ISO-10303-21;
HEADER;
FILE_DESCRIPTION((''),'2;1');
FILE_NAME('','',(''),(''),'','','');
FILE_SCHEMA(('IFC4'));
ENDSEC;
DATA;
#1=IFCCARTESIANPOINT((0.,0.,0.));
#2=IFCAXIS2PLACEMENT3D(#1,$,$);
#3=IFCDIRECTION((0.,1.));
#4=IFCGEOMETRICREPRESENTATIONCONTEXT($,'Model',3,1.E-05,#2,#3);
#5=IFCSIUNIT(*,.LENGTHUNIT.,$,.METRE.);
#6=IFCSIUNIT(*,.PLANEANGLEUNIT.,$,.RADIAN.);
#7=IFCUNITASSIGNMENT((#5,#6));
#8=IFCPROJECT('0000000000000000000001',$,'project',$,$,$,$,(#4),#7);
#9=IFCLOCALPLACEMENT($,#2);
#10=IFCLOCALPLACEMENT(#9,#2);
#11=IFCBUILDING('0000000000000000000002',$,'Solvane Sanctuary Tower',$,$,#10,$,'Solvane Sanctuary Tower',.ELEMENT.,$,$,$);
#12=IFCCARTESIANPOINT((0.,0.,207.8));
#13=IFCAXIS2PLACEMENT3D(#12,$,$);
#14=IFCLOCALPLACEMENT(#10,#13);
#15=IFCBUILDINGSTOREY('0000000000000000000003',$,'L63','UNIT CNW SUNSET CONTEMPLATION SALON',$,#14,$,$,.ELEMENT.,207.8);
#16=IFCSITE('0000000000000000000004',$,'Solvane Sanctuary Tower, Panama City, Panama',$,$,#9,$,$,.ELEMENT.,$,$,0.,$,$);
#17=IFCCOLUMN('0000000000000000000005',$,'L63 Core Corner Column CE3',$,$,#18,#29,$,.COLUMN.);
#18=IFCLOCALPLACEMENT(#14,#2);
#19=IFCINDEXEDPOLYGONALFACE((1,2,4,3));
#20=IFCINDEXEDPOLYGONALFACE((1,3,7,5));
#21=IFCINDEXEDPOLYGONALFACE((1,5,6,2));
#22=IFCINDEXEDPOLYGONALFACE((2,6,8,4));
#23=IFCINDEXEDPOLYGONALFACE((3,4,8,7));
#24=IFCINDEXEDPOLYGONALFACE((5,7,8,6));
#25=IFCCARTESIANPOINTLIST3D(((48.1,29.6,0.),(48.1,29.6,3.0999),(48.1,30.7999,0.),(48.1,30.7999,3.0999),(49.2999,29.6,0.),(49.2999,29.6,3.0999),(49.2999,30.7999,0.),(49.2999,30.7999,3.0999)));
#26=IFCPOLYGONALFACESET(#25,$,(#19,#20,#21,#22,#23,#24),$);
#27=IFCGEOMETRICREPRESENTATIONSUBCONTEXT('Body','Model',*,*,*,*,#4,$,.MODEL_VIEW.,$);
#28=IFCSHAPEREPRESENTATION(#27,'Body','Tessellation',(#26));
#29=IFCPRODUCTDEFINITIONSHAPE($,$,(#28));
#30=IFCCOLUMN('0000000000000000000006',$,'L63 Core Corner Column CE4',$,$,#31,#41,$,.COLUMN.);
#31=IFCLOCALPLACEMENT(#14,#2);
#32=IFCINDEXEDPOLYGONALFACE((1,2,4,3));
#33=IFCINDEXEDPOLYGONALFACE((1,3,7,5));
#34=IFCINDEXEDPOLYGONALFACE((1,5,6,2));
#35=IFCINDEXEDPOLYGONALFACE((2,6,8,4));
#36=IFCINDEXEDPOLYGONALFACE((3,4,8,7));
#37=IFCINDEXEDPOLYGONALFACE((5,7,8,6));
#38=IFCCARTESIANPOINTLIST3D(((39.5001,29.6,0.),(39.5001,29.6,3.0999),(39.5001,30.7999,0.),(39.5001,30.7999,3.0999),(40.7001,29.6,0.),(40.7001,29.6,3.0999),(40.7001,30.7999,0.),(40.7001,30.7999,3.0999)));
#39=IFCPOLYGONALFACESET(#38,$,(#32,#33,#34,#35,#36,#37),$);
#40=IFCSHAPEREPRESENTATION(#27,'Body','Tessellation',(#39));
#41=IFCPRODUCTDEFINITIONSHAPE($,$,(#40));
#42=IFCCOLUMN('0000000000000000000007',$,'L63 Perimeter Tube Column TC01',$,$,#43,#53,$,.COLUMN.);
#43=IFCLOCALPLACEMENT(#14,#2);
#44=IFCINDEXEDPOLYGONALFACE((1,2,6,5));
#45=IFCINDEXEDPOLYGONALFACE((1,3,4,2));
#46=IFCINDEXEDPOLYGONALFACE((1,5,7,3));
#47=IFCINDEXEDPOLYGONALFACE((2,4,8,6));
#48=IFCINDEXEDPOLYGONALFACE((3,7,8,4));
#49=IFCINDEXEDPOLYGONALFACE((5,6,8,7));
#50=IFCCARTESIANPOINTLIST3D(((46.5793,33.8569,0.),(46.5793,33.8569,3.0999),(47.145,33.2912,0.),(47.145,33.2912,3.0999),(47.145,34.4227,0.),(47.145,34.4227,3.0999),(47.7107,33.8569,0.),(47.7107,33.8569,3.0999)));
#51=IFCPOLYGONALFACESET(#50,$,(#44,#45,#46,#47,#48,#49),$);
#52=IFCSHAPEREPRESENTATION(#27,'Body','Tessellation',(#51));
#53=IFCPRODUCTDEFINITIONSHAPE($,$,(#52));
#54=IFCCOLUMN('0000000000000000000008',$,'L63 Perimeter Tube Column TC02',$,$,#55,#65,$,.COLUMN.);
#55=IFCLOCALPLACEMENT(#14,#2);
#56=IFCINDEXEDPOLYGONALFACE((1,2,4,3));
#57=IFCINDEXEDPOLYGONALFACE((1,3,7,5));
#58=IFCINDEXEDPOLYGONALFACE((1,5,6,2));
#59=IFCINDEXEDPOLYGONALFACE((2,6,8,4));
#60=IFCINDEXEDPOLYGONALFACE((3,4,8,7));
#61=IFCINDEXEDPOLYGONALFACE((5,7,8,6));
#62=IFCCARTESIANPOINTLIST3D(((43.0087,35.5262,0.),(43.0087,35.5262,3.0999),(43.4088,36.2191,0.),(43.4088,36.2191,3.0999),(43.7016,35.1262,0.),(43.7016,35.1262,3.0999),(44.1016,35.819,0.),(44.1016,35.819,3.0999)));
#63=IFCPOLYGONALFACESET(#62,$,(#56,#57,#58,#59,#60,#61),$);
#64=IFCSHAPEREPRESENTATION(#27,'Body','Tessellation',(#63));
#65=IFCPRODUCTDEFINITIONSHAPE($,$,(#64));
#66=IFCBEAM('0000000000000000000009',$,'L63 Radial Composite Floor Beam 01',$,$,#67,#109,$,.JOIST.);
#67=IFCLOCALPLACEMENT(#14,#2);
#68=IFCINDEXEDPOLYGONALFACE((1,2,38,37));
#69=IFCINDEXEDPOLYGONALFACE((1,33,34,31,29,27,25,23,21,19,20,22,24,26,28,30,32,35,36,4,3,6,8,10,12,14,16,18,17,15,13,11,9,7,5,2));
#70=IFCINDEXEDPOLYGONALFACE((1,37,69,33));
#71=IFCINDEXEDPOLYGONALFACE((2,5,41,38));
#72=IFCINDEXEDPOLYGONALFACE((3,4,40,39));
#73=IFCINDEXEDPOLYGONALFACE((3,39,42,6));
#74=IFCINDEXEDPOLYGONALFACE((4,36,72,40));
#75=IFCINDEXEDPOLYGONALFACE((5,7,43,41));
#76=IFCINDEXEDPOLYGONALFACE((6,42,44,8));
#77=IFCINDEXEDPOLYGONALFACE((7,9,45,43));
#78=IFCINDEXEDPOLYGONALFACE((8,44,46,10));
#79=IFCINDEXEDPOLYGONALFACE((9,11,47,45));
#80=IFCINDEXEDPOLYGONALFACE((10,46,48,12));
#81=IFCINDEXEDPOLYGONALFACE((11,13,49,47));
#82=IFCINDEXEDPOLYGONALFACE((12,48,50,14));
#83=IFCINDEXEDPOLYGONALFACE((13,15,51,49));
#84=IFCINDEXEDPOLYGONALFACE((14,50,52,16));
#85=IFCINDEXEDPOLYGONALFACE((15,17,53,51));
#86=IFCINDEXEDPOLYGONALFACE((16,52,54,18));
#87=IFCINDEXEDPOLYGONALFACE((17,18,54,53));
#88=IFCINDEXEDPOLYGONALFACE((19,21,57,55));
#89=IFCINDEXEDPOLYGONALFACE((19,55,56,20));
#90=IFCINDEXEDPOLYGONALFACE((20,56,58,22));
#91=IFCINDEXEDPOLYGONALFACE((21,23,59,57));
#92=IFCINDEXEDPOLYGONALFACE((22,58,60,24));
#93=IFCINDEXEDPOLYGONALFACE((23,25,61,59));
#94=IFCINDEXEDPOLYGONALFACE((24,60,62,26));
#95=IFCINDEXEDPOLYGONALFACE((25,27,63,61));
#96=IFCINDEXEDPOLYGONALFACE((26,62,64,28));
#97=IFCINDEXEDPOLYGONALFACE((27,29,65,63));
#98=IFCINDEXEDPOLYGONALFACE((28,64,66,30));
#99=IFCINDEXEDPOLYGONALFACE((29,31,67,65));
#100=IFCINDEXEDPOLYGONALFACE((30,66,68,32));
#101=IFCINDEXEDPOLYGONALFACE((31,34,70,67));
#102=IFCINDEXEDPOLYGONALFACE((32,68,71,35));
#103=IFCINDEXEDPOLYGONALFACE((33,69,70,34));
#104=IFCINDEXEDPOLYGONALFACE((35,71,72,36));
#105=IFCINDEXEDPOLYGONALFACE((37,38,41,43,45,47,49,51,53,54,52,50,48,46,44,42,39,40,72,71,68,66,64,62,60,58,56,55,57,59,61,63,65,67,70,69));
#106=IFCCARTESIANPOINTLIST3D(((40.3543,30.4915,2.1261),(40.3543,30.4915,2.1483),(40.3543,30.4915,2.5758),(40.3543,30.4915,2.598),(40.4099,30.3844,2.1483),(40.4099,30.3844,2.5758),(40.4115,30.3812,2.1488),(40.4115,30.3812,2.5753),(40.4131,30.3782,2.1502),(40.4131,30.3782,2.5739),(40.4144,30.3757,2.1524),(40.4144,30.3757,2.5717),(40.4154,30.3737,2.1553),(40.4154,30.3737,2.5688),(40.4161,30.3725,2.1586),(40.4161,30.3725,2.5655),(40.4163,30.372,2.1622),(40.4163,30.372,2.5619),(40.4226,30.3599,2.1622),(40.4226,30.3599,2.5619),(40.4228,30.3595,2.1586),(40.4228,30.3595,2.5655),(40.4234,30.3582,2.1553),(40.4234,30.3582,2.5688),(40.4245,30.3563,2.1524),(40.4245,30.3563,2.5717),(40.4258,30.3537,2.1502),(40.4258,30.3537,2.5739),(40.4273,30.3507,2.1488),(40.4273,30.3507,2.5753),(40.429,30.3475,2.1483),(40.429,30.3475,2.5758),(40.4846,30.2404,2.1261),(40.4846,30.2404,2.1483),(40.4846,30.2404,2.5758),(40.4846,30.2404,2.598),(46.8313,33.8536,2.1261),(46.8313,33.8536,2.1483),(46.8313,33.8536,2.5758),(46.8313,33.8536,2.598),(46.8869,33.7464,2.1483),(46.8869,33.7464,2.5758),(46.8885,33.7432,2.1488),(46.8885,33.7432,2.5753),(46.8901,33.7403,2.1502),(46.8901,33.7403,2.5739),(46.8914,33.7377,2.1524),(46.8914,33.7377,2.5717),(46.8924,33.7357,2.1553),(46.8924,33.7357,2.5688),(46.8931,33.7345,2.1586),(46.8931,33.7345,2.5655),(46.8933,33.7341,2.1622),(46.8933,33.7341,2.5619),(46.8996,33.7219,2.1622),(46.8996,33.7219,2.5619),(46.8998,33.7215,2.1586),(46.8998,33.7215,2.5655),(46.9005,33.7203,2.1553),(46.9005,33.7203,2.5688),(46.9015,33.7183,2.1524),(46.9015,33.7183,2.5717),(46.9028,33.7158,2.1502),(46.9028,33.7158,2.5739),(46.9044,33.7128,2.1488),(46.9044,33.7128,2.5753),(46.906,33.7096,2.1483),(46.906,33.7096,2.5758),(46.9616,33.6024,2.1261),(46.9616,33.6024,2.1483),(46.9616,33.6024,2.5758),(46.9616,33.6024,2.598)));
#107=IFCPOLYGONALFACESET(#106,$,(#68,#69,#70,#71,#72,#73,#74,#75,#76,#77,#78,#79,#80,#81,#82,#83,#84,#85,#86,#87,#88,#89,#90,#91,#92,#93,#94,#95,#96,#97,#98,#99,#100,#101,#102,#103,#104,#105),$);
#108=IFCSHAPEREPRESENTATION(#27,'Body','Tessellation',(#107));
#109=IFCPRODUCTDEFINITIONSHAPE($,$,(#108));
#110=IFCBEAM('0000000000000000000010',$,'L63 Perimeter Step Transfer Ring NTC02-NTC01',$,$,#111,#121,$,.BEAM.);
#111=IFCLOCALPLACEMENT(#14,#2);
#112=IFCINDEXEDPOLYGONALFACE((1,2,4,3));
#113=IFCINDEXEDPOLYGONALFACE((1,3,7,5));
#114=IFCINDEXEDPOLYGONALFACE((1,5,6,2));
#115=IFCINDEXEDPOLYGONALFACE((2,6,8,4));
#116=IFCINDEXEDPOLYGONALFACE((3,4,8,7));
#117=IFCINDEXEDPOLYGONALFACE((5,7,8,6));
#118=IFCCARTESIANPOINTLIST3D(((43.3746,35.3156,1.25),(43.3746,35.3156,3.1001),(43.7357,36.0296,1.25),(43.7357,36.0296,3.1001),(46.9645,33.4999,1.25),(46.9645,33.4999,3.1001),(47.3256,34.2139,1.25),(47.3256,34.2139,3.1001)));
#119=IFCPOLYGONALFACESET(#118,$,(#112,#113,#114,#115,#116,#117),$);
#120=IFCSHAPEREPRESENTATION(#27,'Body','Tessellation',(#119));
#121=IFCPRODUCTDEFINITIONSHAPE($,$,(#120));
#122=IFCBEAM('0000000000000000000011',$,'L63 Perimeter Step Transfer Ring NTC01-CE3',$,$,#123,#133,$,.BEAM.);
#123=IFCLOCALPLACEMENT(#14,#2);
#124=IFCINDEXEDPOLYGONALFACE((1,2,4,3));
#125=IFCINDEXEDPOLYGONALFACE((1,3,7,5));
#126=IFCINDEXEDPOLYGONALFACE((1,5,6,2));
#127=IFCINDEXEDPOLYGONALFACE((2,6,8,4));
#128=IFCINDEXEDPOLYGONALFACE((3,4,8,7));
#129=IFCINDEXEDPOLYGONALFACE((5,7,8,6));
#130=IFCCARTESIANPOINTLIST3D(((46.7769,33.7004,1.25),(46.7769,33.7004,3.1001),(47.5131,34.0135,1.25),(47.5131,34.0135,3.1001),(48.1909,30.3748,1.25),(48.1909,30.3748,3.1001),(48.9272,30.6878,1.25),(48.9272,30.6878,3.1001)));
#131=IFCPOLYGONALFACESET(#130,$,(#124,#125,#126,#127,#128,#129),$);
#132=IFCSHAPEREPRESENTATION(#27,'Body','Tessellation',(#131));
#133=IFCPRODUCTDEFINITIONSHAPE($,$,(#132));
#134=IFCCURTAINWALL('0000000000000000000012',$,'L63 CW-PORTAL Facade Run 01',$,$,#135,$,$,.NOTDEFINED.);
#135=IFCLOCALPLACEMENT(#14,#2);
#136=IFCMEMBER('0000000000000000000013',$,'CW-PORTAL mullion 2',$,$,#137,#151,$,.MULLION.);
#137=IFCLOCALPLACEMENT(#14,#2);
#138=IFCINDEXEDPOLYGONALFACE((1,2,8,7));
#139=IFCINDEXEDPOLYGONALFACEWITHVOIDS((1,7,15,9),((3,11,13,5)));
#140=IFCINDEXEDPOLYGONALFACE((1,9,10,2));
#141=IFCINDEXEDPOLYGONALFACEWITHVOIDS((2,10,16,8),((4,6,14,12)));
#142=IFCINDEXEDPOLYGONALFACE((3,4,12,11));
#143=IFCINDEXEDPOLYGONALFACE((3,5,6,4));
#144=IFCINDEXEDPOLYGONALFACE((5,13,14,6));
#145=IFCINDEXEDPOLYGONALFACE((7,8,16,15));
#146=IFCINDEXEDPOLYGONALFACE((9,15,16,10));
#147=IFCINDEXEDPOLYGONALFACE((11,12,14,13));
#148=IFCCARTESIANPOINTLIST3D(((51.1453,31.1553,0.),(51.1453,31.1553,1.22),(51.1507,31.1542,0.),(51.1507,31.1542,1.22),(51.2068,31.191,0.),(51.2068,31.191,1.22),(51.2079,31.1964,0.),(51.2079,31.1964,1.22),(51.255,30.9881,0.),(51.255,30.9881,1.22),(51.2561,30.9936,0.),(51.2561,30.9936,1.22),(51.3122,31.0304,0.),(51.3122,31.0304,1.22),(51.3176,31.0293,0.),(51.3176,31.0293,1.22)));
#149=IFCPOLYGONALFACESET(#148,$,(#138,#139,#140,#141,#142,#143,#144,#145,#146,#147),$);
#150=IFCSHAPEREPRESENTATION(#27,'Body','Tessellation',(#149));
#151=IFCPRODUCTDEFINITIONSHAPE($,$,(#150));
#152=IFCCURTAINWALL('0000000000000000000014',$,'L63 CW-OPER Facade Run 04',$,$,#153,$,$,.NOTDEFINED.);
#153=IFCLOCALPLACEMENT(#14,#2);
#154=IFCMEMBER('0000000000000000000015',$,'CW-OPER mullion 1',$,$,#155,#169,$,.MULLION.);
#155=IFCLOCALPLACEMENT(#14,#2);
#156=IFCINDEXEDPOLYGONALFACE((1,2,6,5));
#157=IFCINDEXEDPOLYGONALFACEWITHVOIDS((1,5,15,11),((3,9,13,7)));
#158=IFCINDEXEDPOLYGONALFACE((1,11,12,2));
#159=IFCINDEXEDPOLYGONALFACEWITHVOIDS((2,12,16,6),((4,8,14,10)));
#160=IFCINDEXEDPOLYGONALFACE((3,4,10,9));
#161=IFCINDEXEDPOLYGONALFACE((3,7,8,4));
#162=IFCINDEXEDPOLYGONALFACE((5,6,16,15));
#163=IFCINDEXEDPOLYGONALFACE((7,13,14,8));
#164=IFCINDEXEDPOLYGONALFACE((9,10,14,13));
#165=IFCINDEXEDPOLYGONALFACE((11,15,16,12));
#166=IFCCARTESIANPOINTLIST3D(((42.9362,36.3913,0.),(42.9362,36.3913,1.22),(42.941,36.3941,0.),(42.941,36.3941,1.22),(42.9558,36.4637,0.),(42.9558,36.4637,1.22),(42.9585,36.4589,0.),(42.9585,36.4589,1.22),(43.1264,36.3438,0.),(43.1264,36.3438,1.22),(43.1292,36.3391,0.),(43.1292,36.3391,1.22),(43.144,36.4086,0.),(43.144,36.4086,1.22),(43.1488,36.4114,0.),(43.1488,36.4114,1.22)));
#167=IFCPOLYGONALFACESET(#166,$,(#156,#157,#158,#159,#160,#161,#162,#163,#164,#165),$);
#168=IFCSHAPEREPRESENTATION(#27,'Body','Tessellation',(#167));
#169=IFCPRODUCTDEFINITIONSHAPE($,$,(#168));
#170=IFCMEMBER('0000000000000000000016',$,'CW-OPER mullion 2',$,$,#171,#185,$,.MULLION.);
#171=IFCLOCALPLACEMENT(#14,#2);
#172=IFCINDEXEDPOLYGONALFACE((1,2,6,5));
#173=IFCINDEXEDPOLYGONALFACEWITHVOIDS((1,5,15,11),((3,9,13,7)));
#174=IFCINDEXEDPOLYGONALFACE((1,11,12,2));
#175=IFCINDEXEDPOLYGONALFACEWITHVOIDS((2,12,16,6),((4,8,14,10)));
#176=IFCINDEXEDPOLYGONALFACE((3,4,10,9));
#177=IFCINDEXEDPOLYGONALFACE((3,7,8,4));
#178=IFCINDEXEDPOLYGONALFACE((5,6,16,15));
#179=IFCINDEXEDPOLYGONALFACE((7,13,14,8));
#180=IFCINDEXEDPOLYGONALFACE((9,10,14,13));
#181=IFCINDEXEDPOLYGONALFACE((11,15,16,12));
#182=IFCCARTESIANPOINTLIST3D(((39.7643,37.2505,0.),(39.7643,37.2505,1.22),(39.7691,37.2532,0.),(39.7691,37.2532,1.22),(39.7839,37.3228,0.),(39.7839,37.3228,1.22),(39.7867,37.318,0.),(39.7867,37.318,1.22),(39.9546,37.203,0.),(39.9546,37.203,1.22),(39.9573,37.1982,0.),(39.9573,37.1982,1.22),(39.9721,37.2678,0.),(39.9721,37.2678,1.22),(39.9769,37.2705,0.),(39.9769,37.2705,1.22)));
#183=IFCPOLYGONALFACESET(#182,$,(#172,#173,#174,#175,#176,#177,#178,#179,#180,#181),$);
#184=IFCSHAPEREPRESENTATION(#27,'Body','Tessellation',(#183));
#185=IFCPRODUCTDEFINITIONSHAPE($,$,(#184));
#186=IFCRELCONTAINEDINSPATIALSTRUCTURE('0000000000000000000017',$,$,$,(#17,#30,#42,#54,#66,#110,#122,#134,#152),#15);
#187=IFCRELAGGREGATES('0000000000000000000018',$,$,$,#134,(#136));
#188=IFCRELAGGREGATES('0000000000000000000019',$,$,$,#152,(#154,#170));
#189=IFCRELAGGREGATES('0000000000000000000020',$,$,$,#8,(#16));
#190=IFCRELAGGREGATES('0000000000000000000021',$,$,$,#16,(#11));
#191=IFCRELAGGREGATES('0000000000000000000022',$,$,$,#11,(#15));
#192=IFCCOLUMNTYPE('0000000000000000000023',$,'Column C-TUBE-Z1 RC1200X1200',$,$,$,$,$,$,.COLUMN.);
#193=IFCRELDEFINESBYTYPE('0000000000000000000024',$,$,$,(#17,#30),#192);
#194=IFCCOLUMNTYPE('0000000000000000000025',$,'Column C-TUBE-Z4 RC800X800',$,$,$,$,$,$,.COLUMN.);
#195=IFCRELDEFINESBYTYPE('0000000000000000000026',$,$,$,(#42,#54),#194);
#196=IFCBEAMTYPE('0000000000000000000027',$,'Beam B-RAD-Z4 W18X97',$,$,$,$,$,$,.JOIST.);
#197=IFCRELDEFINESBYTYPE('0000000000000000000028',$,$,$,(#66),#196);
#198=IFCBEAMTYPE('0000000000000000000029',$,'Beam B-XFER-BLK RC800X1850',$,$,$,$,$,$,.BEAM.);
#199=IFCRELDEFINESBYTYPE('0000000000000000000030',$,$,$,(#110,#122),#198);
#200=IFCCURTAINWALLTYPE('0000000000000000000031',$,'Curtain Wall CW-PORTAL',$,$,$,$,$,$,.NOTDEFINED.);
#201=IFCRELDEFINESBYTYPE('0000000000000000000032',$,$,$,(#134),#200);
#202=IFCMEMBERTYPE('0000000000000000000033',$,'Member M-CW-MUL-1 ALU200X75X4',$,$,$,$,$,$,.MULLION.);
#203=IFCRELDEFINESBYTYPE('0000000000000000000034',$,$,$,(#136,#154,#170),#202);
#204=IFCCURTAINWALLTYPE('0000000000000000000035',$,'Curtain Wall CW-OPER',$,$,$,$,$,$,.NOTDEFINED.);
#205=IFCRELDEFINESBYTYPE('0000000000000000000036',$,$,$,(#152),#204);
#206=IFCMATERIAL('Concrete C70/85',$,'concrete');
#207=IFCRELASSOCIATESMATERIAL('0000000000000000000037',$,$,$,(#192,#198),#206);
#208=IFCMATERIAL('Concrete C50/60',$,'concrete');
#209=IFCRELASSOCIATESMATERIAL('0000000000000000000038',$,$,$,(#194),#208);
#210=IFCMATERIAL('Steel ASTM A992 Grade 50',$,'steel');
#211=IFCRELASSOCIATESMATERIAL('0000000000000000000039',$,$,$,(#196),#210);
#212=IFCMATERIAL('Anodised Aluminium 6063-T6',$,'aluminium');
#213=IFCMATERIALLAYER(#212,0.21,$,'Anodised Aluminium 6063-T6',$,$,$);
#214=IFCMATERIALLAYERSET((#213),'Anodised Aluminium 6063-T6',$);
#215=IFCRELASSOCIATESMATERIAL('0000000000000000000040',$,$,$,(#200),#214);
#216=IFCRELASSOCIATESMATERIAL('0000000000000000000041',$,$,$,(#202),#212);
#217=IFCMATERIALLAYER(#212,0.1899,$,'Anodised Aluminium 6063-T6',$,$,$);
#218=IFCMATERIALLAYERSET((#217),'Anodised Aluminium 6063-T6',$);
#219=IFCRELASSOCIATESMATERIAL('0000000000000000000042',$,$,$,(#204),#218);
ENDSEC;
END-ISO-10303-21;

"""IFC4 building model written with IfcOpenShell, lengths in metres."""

from ifc_helpers import new_model, si_unit, direction, frame, origin, origin_2d, place, context, subcontext, project, spatial, rectangle, hollow_rectangle, i_section, extrude, material, layer, layer_set, material_profile, profile_set, type_object, element, aggregate, save


model = new_model("IFC4")

# Units and contexts
model_context = context("Model", 3, precision=1e-05, world=origin(), true_north=direction((0.0, 1.0)))
body_context = subcontext(model_context, "Body", "Model", "MODEL_VIEW")
ifc_project = project(units=[si_unit("LENGTHUNIT", "METRE"), si_unit("PLANEANGLEUNIT", "RADIAN")], contexts=[model_context])

# Site, building, storey
site_placement = place(None, origin())
site = spatial("IfcSite", under=ifc_project, at=site_placement, Name="Solvane Sanctuary Tower, Panama City, Panama", CompositionType="ELEMENT", RefElevation=0.0)
building_placement = place(site_placement, origin())
building = spatial("IfcBuilding", under=site, at=building_placement, Name="Solvane Sanctuary Tower", LongName="Solvane Sanctuary Tower", CompositionType="ELEMENT")
storey_placement = place(building_placement, frame((0.0, 0.0, 207.8)))
storey = spatial("IfcBuildingStorey", under=building, at=storey_placement, Name="L63", Description="UNIT CNW SUNSET CONTEMPLATION SALON", CompositionType="ELEMENT", Elevation=207.8)

# Columns
ifc_material_1 = material(Name="Concrete C70/85", Category="concrete")
ifc_material_profile_1 = material_profile(ifc_material_1, rectangle(XDim=1.2, YDim=1.2, at=origin_2d()), Name="RC1200X1200")
ifc_profile_set_1 = profile_set([ifc_material_profile_1], Name="Concrete C70/85")
column_type_1 = type_object("IfcColumnType", Name="Column C-TUBE-Z1 RC1200X1200", PredefinedType="COLUMN", material=ifc_profile_set_1)
for number, where, z_axis, x_axis, name in (
    (1, (48.7, 30.2, 0.0), (0.0, 0.0, 1.0), (1.0, 0.0, 0.0), "L63 Core Corner Column CE3"),
    (2, (40.1001, 30.2, 0.0), (0.0, 0.0, 1.0), (1.0, 0.0, 0.0), "L63 Core Corner Column CE4"),
):
    element("IfcColumn", number, at=place(storey_placement, frame(where, z_axis=z_axis, x_axis=x_axis)), inside=storey, type_object=column_type_1, Name=name, PredefinedType="COLUMN", context=body_context, shape_type="SweptSolid", body=[
        extrude(rectangle(XDim=1.2, YDim=1.2, at=origin_2d()), origin(), (0.0, 0.0, 1.0), 3.0999),
    ])
ifc_material_2 = material(Name="Concrete C50/60", Category="concrete")
ifc_material_profile_2 = material_profile(ifc_material_2, rectangle(XDim=0.8, YDim=0.8, at=origin_2d()), Name="RC800X800")
ifc_profile_set_2 = profile_set([ifc_material_profile_2], Name="Concrete C50/60")
column_type_2 = type_object("IfcColumnType", Name="Column C-TUBE-Z4 RC800X800", PredefinedType="COLUMN", material=ifc_profile_set_2)
for number, where, z_axis, x_axis, name in (
    (3, (47.145, 33.8569, 0.0), (0.0, 0.0, 1.0), (0.707107, 0.707107, 0.0), "L63 Perimeter Tube Column TC01"),
    (4, (43.5552, 35.6726, 0.0), (0.0, 0.0, 1.0), (0.5, 0.866025, 0.0), "L63 Perimeter Tube Column TC02"),
):
    element("IfcColumn", number, at=place(storey_placement, frame(where, z_axis=z_axis, x_axis=x_axis)), inside=storey, type_object=column_type_2, Name=name, PredefinedType="COLUMN", context=body_context, shape_type="SweptSolid", body=[
        extrude(rectangle(XDim=0.8, YDim=0.8, at=origin_2d()), origin(), (0.0, 0.0, 1.0), 3.0999),
    ])

# Beams
ifc_material_3 = material(Name="Steel ASTM A992 Grade 50", Category="steel")
ifc_material_profile_3 = material_profile(ifc_material_3, i_section(OverallWidth=0.283, OverallDepth=0.4719, WebThickness=0.0137, FlangeThickness=0.0222, FilletRadius=0.0139, at=origin_2d()), Name="W18X97")
ifc_profile_set_3 = profile_set([ifc_material_profile_3], Name="Steel ASTM A992 Grade 50")
beam_type_1 = type_object("IfcBeamType", Name="Beam B-RAD-Z4 W18X97", PredefinedType="JOIST", material=ifc_profile_set_3)
beam_1_placement = place(storey_placement, frame((40.4194, 30.366, 2.3621), z_axis=(0.887553, 0.460705, 0.0), x_axis=(-0.460705, 0.887553, 0.0)))
element("IfcBeam", 5, at=beam_1_placement, inside=storey, type_object=beam_type_1, Name="L63 Radial Composite Floor Beam 01", PredefinedType="JOIST", context=body_context, shape_type="SweptSolid", body=[
    extrude(i_section(OverallWidth=0.283, OverallDepth=0.4719, WebThickness=0.0137, FlangeThickness=0.0222, FilletRadius=0.0139, at=origin_2d()), origin(), (0.0, 0.0, 1.0), 7.2976),
])
ifc_material_profile_4 = material_profile(ifc_material_1, rectangle(XDim=0.8, YDim=1.8501, at=origin_2d()), Name="RC800X1850")
ifc_profile_set_4 = profile_set([ifc_material_profile_4], Name="Concrete C70/85")
beam_type_2 = type_object("IfcBeamType", Name="Beam B-XFER-BLK RC800X1850", PredefinedType="BEAM", material=ifc_profile_set_4)
beam_2_placement = place(storey_placement, frame((43.5552, 35.6726, 2.175), z_axis=(0.892354, -0.451336, 0.0), x_axis=(0.451336, 0.892354, 0.0)))
element("IfcBeam", 6, at=beam_2_placement, inside=storey, type_object=beam_type_2, Name="L63 Perimeter Step Transfer Ring NTC02-NTC01", PredefinedType="BEAM", context=body_context, shape_type="SweptSolid", body=[
    extrude(rectangle(XDim=0.8, YDim=1.8501, at=origin_2d()), origin(), (0.0, 0.0, 1.0), 4.0229),
])
beam_3_placement = place(storey_placement, frame((47.145, 33.8569, 2.175), z_axis=(0.391292, -0.920266, 0.0), x_axis=(0.920266, 0.391292, 0.0)))
element("IfcBeam", 7, at=beam_3_placement, inside=storey, type_object=beam_type_2, Name="L63 Perimeter Step Transfer Ring NTC01-CE3", PredefinedType="BEAM", context=body_context, shape_type="SweptSolid", body=[
    extrude(rectangle(XDim=0.8, YDim=1.8501, at=origin_2d()), origin(), (0.0, 0.0, 1.0), 3.6138),
])

# Curtain wall, member
ifc_material_4 = material(Name="Anodised Aluminium 6063-T6", Category="aluminium")
ifc_layer_1 = layer(ifc_material_4, 0.21, Name="Anodised Aluminium 6063-T6")
ifc_layer_set_1 = layer_set([ifc_layer_1], Name="Anodised Aluminium 6063-T6")
curtain_wall_type_1 = type_object("IfcCurtainWallType", Name="Curtain Wall CW-PORTAL", PredefinedType="NOTDEFINED", material=ifc_layer_set_1)
curtain_wall_1_placement = place(storey_placement, origin())
curtain_wall_1 = element("IfcCurtainWall", 8, at=curtain_wall_1_placement, inside=storey, type_object=curtain_wall_type_1, Name="L63 CW-PORTAL Facade Run 01", PredefinedType="NOTDEFINED")
ifc_material_profile_5 = material_profile(ifc_material_4, hollow_rectangle(XDim=0.075, YDim=0.2, WallThickness=0.0039, at=origin_2d()), Name="ALU200X75X4")
ifc_profile_set_5 = profile_set([ifc_material_profile_5], Name="Anodised Aluminium 6063-T6")
member_type_1 = type_object("IfcMemberType", Name="Member M-CW-MUL-1 ALU200X75X4", PredefinedType="MULLION", material=ifc_profile_set_5)
member_1_placement = place(storey_placement, frame((51.2314, 31.0923, 0.0), z_axis=(0.0, 0.0, 1.0), x_axis=(-0.835959, -0.548792, 0.0)))
member_1 = element("IfcMember", 9, at=member_1_placement, type_object=member_type_1, Name="CW-PORTAL mullion 2", PredefinedType="MULLION", context=body_context, shape_type="SweptSolid", body=[
    extrude(hollow_rectangle(XDim=0.075, YDim=0.2, WallThickness=0.0039, at=origin_2d()), origin(), (0.0, 0.0, 1.0), 1.22),
])

# Curtain wall, members
ifc_layer_2 = layer(ifc_material_4, 0.1899, Name="Anodised Aluminium 6063-T6")
ifc_layer_set_2 = layer_set([ifc_layer_2], Name="Anodised Aluminium 6063-T6")
curtain_wall_type_2 = type_object("IfcCurtainWallType", Name="Curtain Wall CW-OPER", PredefinedType="NOTDEFINED", material=ifc_layer_set_2)
curtain_wall_2_placement = place(storey_placement, origin())
curtain_wall_2 = element("IfcCurtainWall", 10, at=curtain_wall_2_placement, inside=storey, type_object=curtain_wall_type_2, Name="L63 CW-OPER Facade Run 04", PredefinedType="NOTDEFINED")
member_2_placement = place(storey_placement, frame((43.0425, 36.4014, 0.0), z_axis=(0.0, 0.0, 1.0), x_axis=(-0.261468, -0.965212, 0.0)))
member_2 = element("IfcMember", 11, at=member_2_placement, type_object=member_type_1, Name="CW-OPER mullion 1", PredefinedType="MULLION", context=body_context, shape_type="SweptSolid", body=[
    extrude(hollow_rectangle(XDim=0.075, YDim=0.2, WallThickness=0.0039, at=origin_2d()), origin(), (0.0, 0.0, 1.0), 1.22),
])
member_3_placement = place(storey_placement, frame((39.8706, 37.2605, 0.0), z_axis=(0.0, 0.0, 1.0), x_axis=(-0.261468, -0.965212, 0.0)))
member_3 = element("IfcMember", 12, at=member_3_placement, type_object=member_type_1, Name="CW-OPER mullion 2", PredefinedType="MULLION", context=body_context, shape_type="SweptSolid", body=[
    extrude(hollow_rectangle(XDim=0.075, YDim=0.2, WallThickness=0.0039, at=origin_2d()), origin(), (0.0, 0.0, 1.0), 1.22),
])

aggregate(curtain_wall_1, [member_1])
aggregate(curtain_wall_2, [member_2, member_3])

save(model, "model.ifc")
